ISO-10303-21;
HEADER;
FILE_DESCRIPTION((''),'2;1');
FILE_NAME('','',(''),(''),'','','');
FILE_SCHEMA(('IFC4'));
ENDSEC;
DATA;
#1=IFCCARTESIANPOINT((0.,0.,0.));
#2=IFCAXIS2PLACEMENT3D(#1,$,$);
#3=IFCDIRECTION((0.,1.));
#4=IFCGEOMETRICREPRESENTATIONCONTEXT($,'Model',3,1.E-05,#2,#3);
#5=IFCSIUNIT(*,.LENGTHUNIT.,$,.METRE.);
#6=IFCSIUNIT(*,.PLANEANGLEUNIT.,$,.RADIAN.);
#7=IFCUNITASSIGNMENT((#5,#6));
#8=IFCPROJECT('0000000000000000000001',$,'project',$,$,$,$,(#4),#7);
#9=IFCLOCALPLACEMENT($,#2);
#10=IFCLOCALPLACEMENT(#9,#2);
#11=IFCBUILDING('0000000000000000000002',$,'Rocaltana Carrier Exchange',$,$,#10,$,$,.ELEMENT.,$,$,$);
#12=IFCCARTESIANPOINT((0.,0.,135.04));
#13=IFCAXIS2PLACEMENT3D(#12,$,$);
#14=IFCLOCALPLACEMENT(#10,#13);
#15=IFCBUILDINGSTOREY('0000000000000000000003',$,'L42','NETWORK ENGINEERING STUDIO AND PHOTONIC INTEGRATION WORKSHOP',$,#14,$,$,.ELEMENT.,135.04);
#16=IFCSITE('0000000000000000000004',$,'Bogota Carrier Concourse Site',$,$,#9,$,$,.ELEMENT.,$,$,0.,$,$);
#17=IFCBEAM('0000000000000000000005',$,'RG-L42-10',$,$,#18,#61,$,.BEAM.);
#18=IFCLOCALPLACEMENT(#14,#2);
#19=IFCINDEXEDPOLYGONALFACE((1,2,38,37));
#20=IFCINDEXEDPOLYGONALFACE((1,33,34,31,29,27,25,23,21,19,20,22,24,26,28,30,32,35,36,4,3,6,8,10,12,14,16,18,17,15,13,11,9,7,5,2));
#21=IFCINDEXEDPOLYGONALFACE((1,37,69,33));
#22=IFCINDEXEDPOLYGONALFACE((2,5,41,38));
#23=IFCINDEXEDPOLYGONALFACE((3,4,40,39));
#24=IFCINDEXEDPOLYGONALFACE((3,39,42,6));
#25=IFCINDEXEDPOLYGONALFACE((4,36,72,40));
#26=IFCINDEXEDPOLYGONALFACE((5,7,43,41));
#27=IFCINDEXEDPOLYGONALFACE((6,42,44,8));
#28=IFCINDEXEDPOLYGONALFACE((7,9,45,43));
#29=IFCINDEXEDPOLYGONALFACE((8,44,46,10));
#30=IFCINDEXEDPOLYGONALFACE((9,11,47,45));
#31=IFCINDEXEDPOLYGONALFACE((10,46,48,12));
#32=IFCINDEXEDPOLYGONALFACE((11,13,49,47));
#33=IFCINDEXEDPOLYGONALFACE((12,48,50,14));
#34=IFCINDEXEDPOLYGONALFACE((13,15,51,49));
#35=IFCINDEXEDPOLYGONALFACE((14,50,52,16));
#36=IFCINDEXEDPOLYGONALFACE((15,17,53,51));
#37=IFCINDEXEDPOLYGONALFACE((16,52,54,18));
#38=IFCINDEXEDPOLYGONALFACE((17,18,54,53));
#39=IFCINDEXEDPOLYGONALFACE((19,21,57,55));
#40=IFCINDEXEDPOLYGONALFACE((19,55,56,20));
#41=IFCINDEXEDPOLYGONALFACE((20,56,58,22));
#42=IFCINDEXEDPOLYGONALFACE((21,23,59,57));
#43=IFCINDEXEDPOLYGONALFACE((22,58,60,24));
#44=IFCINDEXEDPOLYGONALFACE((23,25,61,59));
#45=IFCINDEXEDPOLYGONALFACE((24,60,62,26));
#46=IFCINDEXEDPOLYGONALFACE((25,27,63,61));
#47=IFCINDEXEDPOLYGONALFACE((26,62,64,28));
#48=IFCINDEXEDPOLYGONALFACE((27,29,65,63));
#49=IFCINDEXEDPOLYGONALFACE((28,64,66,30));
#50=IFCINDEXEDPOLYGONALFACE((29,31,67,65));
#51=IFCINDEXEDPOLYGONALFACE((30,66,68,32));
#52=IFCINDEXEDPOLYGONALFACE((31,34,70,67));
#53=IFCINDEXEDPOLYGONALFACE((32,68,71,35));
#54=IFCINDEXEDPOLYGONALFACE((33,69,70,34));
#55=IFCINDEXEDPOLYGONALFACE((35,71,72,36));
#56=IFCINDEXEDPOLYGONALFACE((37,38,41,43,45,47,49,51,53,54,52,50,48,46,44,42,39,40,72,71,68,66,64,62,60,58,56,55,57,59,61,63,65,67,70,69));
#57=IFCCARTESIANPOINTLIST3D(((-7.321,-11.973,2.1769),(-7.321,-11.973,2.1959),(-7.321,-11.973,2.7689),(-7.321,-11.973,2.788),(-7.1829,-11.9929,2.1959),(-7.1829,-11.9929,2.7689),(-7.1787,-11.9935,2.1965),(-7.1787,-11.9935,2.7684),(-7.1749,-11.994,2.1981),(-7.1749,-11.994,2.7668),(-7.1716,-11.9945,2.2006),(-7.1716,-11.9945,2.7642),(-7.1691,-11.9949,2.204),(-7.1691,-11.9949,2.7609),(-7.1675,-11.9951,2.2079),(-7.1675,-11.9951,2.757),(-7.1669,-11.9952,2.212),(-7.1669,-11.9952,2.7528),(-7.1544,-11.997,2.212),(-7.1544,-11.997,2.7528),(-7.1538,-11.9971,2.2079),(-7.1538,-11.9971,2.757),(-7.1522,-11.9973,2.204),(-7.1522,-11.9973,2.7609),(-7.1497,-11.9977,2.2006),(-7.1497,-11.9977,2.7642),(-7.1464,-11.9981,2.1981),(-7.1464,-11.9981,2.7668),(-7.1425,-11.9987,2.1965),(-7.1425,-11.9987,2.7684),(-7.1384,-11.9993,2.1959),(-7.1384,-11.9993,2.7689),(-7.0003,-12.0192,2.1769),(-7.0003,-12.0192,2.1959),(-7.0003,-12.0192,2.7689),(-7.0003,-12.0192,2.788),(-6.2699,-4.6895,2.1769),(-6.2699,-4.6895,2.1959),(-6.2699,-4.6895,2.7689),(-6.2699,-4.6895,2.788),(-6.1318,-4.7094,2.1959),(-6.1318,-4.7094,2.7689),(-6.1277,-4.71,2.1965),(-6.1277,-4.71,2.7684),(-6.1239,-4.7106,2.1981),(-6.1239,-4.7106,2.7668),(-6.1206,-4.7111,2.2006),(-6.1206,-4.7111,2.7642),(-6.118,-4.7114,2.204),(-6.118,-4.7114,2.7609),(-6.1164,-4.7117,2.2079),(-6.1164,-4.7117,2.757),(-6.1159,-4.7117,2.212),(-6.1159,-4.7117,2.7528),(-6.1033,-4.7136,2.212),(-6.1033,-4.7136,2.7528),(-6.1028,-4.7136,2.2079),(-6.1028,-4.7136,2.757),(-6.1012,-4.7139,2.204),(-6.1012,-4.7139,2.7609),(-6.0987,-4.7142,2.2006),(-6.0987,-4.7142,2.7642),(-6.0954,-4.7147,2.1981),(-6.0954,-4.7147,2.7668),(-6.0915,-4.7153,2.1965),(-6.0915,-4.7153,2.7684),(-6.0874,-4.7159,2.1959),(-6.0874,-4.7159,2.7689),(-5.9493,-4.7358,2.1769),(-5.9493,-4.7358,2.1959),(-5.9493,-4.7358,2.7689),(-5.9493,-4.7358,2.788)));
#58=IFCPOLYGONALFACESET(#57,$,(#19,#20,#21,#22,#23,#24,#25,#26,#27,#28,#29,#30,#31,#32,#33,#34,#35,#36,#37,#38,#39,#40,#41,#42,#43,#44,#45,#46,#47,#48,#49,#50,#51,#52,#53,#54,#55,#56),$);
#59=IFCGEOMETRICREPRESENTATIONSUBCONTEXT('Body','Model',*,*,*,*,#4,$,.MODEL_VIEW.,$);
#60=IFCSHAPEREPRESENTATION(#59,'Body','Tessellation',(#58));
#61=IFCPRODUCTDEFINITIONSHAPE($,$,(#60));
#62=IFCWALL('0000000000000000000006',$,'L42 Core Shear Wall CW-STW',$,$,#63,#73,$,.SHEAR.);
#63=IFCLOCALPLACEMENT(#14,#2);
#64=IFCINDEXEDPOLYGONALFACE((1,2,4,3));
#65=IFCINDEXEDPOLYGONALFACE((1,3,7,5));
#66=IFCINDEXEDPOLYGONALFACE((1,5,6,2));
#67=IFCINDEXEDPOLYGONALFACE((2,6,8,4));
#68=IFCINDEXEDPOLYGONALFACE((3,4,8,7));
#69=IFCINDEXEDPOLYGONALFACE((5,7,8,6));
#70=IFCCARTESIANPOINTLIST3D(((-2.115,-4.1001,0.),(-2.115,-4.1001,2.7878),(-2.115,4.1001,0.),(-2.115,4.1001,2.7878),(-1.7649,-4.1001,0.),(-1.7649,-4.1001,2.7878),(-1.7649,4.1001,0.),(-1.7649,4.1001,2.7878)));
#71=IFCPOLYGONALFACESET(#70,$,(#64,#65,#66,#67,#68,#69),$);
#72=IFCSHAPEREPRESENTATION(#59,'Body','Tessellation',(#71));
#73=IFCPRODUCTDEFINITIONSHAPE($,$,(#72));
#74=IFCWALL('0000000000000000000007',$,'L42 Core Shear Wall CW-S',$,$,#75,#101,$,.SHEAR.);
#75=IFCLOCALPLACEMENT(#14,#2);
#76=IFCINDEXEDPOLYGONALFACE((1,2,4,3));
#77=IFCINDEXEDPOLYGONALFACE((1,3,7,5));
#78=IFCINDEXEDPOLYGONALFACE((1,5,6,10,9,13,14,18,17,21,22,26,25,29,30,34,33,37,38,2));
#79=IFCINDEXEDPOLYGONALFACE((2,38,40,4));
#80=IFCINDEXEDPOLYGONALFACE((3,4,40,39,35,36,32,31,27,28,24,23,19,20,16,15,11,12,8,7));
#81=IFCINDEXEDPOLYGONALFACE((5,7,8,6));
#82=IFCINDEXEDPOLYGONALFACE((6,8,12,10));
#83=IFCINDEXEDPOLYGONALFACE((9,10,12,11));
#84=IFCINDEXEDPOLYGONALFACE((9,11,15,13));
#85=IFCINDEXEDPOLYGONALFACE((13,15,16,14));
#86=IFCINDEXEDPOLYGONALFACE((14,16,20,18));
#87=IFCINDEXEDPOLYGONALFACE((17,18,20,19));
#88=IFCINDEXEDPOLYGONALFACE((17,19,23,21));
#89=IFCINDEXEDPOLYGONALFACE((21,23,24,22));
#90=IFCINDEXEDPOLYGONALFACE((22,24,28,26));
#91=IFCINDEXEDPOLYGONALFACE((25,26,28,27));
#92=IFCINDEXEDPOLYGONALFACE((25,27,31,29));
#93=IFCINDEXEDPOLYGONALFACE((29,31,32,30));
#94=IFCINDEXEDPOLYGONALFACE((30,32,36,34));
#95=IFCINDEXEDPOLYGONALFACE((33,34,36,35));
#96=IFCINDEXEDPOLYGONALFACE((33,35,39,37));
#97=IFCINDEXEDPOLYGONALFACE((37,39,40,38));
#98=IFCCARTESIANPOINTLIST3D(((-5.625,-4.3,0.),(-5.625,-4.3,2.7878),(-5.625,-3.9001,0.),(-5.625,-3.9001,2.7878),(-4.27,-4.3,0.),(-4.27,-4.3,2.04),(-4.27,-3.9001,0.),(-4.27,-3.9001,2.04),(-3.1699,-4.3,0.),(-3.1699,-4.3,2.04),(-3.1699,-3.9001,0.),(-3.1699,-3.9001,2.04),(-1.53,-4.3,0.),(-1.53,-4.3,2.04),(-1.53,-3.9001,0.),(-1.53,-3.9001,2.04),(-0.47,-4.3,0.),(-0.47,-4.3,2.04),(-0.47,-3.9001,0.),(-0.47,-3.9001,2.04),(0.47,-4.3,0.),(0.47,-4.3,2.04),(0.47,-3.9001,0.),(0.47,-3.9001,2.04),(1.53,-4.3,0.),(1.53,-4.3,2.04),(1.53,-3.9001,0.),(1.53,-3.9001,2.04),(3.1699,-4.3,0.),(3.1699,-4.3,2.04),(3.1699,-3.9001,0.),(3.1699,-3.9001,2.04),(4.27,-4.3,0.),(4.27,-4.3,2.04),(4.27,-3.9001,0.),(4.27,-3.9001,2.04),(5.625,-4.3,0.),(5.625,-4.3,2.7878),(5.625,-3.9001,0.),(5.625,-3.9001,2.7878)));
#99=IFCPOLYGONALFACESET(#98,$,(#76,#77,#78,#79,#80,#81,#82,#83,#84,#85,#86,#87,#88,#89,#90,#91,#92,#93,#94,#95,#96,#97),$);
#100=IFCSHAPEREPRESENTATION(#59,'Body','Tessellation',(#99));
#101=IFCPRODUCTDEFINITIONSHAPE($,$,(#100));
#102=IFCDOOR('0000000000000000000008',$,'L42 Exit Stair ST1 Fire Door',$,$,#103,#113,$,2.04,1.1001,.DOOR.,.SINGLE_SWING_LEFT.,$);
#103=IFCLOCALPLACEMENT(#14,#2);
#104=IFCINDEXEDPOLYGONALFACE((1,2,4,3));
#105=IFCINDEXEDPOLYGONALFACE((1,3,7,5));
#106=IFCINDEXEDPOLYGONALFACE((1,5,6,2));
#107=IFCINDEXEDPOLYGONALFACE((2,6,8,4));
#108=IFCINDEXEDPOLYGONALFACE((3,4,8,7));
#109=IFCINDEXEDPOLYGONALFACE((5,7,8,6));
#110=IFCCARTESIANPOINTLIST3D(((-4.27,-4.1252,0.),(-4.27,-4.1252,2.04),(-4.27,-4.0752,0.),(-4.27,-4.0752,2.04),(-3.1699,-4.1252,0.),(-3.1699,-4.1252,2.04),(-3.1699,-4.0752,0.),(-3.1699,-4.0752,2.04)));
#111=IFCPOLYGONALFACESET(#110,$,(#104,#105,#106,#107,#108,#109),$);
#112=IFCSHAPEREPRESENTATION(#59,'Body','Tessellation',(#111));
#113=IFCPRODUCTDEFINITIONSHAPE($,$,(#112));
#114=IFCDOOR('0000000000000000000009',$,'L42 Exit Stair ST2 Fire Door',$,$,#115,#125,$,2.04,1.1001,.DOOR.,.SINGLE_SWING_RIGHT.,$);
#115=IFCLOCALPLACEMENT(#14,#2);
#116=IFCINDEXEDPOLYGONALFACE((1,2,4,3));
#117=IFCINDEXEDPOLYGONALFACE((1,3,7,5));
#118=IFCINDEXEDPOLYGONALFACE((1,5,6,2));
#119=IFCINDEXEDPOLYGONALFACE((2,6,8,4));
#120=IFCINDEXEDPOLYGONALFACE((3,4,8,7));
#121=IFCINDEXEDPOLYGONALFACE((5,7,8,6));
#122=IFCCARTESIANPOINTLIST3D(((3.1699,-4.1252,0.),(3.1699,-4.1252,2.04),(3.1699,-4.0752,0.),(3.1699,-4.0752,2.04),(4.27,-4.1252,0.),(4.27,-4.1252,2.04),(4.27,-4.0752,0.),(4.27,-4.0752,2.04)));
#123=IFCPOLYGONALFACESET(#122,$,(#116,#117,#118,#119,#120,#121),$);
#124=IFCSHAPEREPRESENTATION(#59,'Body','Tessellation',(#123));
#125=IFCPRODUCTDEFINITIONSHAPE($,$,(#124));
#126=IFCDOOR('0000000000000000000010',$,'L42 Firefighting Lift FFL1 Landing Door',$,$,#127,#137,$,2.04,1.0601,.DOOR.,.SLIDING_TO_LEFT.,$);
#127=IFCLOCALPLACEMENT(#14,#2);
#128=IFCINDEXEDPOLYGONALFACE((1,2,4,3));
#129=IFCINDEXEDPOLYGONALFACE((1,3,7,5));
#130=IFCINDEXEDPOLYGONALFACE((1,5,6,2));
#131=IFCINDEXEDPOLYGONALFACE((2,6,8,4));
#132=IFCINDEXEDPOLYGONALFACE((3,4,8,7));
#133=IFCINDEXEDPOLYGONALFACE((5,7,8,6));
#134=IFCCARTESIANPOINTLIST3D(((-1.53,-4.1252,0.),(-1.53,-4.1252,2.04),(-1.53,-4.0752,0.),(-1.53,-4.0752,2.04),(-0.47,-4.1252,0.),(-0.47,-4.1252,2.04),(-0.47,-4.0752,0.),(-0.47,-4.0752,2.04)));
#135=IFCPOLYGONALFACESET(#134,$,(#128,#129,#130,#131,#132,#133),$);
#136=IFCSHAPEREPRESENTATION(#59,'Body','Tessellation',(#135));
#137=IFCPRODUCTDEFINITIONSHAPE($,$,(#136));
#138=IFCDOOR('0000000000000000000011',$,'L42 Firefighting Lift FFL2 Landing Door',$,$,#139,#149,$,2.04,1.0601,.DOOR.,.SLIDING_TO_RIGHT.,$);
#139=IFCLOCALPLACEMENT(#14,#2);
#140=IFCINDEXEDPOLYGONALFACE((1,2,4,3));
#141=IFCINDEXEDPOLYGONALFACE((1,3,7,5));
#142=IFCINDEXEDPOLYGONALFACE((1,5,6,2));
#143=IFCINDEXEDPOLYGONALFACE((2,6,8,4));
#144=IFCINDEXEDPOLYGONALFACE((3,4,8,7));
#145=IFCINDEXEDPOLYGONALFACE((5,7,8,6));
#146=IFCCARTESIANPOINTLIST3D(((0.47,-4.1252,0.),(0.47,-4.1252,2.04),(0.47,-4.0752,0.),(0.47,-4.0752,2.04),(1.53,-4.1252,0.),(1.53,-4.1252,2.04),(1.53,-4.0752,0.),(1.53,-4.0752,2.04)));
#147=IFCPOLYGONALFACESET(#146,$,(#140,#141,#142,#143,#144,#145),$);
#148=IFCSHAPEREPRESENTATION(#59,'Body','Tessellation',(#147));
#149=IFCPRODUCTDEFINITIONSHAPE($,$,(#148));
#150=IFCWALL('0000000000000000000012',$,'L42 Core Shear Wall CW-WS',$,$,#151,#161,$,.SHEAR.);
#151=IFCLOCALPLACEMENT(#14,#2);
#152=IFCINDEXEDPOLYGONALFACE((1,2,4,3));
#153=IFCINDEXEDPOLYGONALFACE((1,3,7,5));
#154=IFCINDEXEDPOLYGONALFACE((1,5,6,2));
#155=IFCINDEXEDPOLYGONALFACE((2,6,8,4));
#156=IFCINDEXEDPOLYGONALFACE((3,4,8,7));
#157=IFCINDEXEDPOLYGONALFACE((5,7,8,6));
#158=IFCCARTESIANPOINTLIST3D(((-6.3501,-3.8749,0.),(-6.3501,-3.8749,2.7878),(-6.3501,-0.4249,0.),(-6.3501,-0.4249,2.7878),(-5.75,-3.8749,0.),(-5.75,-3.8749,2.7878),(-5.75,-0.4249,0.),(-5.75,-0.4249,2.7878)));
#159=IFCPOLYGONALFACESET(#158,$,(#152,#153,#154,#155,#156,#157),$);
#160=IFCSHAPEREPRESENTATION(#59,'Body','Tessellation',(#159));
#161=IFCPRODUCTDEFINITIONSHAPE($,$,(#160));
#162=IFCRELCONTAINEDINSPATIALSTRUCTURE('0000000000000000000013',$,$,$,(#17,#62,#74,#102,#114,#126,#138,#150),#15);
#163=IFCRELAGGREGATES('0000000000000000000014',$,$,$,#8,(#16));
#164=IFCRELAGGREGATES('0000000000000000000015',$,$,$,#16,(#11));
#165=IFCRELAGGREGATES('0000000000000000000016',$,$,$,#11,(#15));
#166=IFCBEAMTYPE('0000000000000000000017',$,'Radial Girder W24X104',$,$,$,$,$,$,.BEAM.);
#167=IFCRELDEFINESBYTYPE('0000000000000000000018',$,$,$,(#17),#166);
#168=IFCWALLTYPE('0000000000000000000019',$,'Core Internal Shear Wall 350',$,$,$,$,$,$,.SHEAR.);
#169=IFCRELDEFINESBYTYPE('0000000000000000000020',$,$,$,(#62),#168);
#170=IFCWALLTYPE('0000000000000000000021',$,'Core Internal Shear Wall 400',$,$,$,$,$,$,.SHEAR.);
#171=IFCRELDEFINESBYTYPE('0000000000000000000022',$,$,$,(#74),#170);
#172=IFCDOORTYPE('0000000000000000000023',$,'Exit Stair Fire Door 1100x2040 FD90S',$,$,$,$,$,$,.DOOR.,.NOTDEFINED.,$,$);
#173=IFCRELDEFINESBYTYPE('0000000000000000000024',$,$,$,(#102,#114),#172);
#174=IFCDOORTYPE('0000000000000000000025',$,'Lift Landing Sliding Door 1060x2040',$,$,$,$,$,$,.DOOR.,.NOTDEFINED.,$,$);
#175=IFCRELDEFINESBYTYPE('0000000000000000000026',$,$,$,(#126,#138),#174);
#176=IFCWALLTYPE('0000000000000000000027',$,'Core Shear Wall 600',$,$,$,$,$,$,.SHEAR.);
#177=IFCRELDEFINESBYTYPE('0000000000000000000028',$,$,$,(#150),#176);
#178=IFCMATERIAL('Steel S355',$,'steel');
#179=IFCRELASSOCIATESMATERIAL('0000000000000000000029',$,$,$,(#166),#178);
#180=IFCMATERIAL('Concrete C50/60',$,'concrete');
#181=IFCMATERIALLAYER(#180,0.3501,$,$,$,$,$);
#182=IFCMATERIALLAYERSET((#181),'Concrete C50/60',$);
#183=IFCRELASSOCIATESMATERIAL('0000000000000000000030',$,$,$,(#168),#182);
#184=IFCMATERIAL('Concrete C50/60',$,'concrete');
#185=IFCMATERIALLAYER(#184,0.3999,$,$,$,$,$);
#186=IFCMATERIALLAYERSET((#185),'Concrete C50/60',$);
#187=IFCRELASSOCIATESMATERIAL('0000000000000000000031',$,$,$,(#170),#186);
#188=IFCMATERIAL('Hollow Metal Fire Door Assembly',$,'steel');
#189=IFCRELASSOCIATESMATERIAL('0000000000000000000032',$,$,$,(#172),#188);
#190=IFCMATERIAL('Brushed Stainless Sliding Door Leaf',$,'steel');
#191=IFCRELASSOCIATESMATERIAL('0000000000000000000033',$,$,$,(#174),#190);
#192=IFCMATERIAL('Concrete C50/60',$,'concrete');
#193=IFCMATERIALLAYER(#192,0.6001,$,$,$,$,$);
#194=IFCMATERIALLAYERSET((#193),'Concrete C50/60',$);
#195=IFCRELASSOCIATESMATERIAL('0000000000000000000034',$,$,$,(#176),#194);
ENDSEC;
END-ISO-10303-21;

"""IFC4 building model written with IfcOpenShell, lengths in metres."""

from ifc_helpers import new_model, si_unit, direction, frame, frame_2d, origin, origin_2d, place, context, subcontext, project, spatial, rectangle, i_section, extrude, material, layer, layer_set, material_profile, profile_set, type_object, element, fill, save


model = new_model("IFC4")

# Units and contexts
model_context = context("Model", 3, precision=1e-05, world=origin(), true_north=direction((0.0, 1.0)))
body_context = subcontext(model_context, "Body", "Model", "MODEL_VIEW")
ifc_project = project(units=[si_unit("LENGTHUNIT", "METRE"), si_unit("PLANEANGLEUNIT", "RADIAN")], contexts=[model_context])

# Site, building, storey
site_placement = place(None, origin())
site = spatial("IfcSite", under=ifc_project, at=site_placement, Name="Bogota Carrier Concourse Site", CompositionType="ELEMENT", RefElevation=0.0)
building_placement = place(site_placement, origin())
building = spatial("IfcBuilding", under=site, at=building_placement, Name="Rocaltana Carrier Exchange", CompositionType="ELEMENT")
storey_placement = place(building_placement, frame((0.0, 0.0, 135.04)))
storey = spatial("IfcBuildingStorey", under=building, at=storey_placement, Name="L42", Description="NETWORK ENGINEERING STUDIO AND PHOTONIC INTEGRATION WORKSHOP", CompositionType="ELEMENT", Elevation=135.04)

# Beam
ifc_material_1 = material(Name="Steel S355", Category="steel")
ifc_material_profile_1 = material_profile(ifc_material_1, i_section(OverallWidth=0.324, OverallDepth=0.6111, WebThickness=0.0127, FlangeThickness=0.019, FilletRadius=0.0161, at=origin_2d()), Name="W24X104")
ifc_profile_set_1 = profile_set([ifc_material_profile_1], Name="Steel S355")
beam_type = type_object("IfcBeamType", Name="Radial Girder W24X104", PredefinedType="BEAM", material=ifc_profile_set_1)
beam_1_placement = place(storey_placement, frame((-6.1096, -4.7126, 2.4824), z_axis=(-0.142824, -0.989748, 0.0), x_axis=(0.989748, -0.142824, 0.0)))
element("IfcBeam", 1, at=beam_1_placement, inside=storey, type_object=beam_type, Name="RG-L42-10", PredefinedType="BEAM", context=body_context, shape_type="SweptSolid", body=[
    extrude(i_section(OverallWidth=0.324, OverallDepth=0.6111, WebThickness=0.0127, FlangeThickness=0.019, FilletRadius=0.0161, at=origin_2d()), origin(), (0.0, 0.0, 1.0), 7.3589),
])

# Wall
ifc_material_2 = material(Name="Concrete C50/60", Category="concrete")
ifc_layer_1 = layer(ifc_material_2, 0.3501)
ifc_layer_set_1 = layer_set([ifc_layer_1], Name="Concrete C50/60")
wall_type_1 = type_object("IfcWallType", Name="Core Internal Shear Wall 350", PredefinedType="SHEAR", material=ifc_layer_set_1)
wall_1_placement = place(storey_placement, frame((-1.9399, -4.1001, 0.0), z_axis=(0.0, 0.0, 1.0), x_axis=(0.0, 1.0, 0.0)))
element("IfcWall", 2, at=wall_1_placement, inside=storey, type_object=wall_type_1, Name="L42 Core Shear Wall CW-STW", PredefinedType="SHEAR", context=body_context, shape_type="SweptSolid", body=[
    extrude(rectangle(XDim=8.2002, YDim=0.3501, at=frame_2d((4.1001, 0.0))), origin(), (0.0, 0.0, 1.0), 2.7878),
])

# Wall, openings, doors
ifc_material_3 = material(Name="Concrete C50/60", Category="concrete")
ifc_layer_2 = layer(ifc_material_3, 0.3999)
ifc_layer_set_2 = layer_set([ifc_layer_2], Name="Concrete C50/60")
wall_type_2 = type_object("IfcWallType", Name="Core Internal Shear Wall 400", PredefinedType="SHEAR", material=ifc_layer_set_2)
wall_2_placement = place(storey_placement, frame((-5.625, -4.1001, 0.0), z_axis=(0.0, 0.0, 1.0), x_axis=(1.0, 0.0, 0.0)))
wall_2 = element("IfcWall", 3, at=wall_2_placement, inside=storey, type_object=wall_type_2, Name="L42 Core Shear Wall CW-S", PredefinedType="SHEAR", context=body_context, shape_type="SweptSolid", body=[
    extrude(rectangle(XDim=11.25, YDim=0.3999, at=frame_2d((5.625, 0.0))), origin(), (0.0, 0.0, 1.0), 2.7878),
])
opening_1_placement = place(wall_2_placement, frame((1.355, 0.0, 0.0)))
opening_1 = element("IfcOpeningElement", 4, at=opening_1_placement, cuts=wall_2, PredefinedType="OPENING", context=body_context, shape_type="SweptSolid", body=[
    extrude(rectangle(XDim=1.1001, YDim=2.04, at=frame_2d((0.55, 1.02))), frame((0.0, 0.21, 0.0), z_axis=(0.0, -1.0, 0.0), x_axis=(1.0, 0.0, 0.0)), (0.0, 0.0, 1.0), 0.4199),
])
opening_2_placement = place(wall_2_placement, frame((8.7949, 0.0, 0.0)))
opening_2 = element("IfcOpeningElement", 5, at=opening_2_placement, cuts=wall_2, PredefinedType="OPENING", context=body_context, shape_type="SweptSolid", body=[
    extrude(rectangle(XDim=1.1001, YDim=2.04, at=frame_2d((0.55, 1.02))), frame((0.0, 0.21, 0.0), z_axis=(0.0, -1.0, 0.0), x_axis=(1.0, 0.0, 0.0)), (0.0, 0.0, 1.0), 0.4199),
])
opening_3_placement = place(wall_2_placement, frame((4.095, 0.0, 0.0)))
opening_3 = element("IfcOpeningElement", 6, at=opening_3_placement, cuts=wall_2, PredefinedType="OPENING", context=body_context, shape_type="SweptSolid", body=[
    extrude(rectangle(XDim=1.0601, YDim=2.04, at=frame_2d((0.53, 1.02))), frame((0.0, 0.21, 0.0), z_axis=(0.0, -1.0, 0.0), x_axis=(1.0, 0.0, 0.0)), (0.0, 0.0, 1.0), 0.4199),
])
opening_4_placement = place(wall_2_placement, frame((6.095, 0.0, 0.0)))
opening_4 = element("IfcOpeningElement", 7, at=opening_4_placement, cuts=wall_2, PredefinedType="OPENING", context=body_context, shape_type="SweptSolid", body=[
    extrude(rectangle(XDim=1.0601, YDim=2.04, at=frame_2d((0.53, 1.02))), frame((0.0, 0.21, 0.0), z_axis=(0.0, -1.0, 0.0), x_axis=(1.0, 0.0, 0.0)), (0.0, 0.0, 1.0), 0.4199),
])
ifc_material_4 = material(Name="Hollow Metal Fire Door Assembly", Category="steel")
door_type_1 = type_object("IfcDoorType", Name="Exit Stair Fire Door 1100x2040 FD90S", OperationType="NOTDEFINED", PredefinedType="DOOR", material=ifc_material_4)
door_1_placement = place(opening_1_placement, origin())
door_1 = element("IfcDoor", 8, at=door_1_placement, inside=storey, type_object=door_type_1, Name="L42 Exit Stair ST1 Fire Door", OperationType="SINGLE_SWING_LEFT", OverallHeight=2.04, OverallWidth=1.1001, PredefinedType="DOOR", context=body_context, shape_type="SweptSolid", body=[
    extrude(rectangle(XDim=1.1001, YDim=2.04, at=frame_2d((0.55, 1.02))), frame((0.0, 0.0249, 0.0), z_axis=(0.0, -1.0, 0.0), x_axis=(1.0, 0.0, 0.0)), (0.0, 0.0, 1.0), 0.05),
])
fill(opening_1, door_1)
door_2_placement = place(opening_2_placement, origin())
door_2 = element("IfcDoor", 9, at=door_2_placement, inside=storey, type_object=door_type_1, Name="L42 Exit Stair ST2 Fire Door", OperationType="SINGLE_SWING_RIGHT", OverallHeight=2.04, OverallWidth=1.1001, PredefinedType="DOOR", context=body_context, shape_type="SweptSolid", body=[
    extrude(rectangle(XDim=1.1001, YDim=2.04, at=frame_2d((0.55, 1.02))), frame((0.0, 0.0249, 0.0), z_axis=(0.0, -1.0, 0.0), x_axis=(1.0, 0.0, 0.0)), (0.0, 0.0, 1.0), 0.05),
])
fill(opening_2, door_2)
ifc_material_5 = material(Name="Brushed Stainless Sliding Door Leaf", Category="steel")
door_type_2 = type_object("IfcDoorType", Name="Lift Landing Sliding Door 1060x2040", OperationType="NOTDEFINED", PredefinedType="DOOR", material=ifc_material_5)
door_3_placement = place(opening_3_placement, origin())
door_3 = element("IfcDoor", 10, at=door_3_placement, inside=storey, type_object=door_type_2, Name="L42 Firefighting Lift FFL1 Landing Door", OperationType="SLIDING_TO_LEFT", OverallHeight=2.04, OverallWidth=1.0601, PredefinedType="DOOR", context=body_context, shape_type="SweptSolid", body=[
    extrude(rectangle(XDim=1.0601, YDim=2.04, at=frame_2d((0.53, 1.02))), frame((0.0, 0.0249, 0.0), z_axis=(0.0, -1.0, 0.0), x_axis=(1.0, 0.0, 0.0)), (0.0, 0.0, 1.0), 0.05),
])
fill(opening_3, door_3)
door_4_placement = place(opening_4_placement, origin())
door_4 = element("IfcDoor", 11, at=door_4_placement, inside=storey, type_object=door_type_2, Name="L42 Firefighting Lift FFL2 Landing Door", OperationType="SLIDING_TO_RIGHT", OverallHeight=2.04, OverallWidth=1.0601, PredefinedType="DOOR", context=body_context, shape_type="SweptSolid", body=[
    extrude(rectangle(XDim=1.0601, YDim=2.04, at=frame_2d((0.53, 1.02))), frame((0.0, 0.0249, 0.0), z_axis=(0.0, -1.0, 0.0), x_axis=(1.0, 0.0, 0.0)), (0.0, 0.0, 1.0), 0.05),
])
fill(opening_4, door_4)

# Wall
ifc_material_6 = material(Name="Concrete C50/60", Category="concrete")
ifc_layer_3 = layer(ifc_material_6, 0.6001)
ifc_layer_set_3 = layer_set([ifc_layer_3], Name="Concrete C50/60")
wall_type_3 = type_object("IfcWallType", Name="Core Shear Wall 600", PredefinedType="SHEAR", material=ifc_layer_set_3)
wall_3_placement = place(storey_placement, frame((-6.05, -3.875, 0.0), z_axis=(0.0, 0.0, 1.0), x_axis=(0.0, 1.0, 0.0)))
element("IfcWall", 12, at=wall_3_placement, inside=storey, type_object=wall_type_3, Name="L42 Core Shear Wall CW-WS", PredefinedType="SHEAR", context=body_context, shape_type="SweptSolid", body=[
    extrude(rectangle(XDim=3.45, YDim=0.6001, at=frame_2d((1.7251, 0.0))), origin(), (0.0, 0.0, 1.0), 2.7878),
])

save(model, "model.ifc")
